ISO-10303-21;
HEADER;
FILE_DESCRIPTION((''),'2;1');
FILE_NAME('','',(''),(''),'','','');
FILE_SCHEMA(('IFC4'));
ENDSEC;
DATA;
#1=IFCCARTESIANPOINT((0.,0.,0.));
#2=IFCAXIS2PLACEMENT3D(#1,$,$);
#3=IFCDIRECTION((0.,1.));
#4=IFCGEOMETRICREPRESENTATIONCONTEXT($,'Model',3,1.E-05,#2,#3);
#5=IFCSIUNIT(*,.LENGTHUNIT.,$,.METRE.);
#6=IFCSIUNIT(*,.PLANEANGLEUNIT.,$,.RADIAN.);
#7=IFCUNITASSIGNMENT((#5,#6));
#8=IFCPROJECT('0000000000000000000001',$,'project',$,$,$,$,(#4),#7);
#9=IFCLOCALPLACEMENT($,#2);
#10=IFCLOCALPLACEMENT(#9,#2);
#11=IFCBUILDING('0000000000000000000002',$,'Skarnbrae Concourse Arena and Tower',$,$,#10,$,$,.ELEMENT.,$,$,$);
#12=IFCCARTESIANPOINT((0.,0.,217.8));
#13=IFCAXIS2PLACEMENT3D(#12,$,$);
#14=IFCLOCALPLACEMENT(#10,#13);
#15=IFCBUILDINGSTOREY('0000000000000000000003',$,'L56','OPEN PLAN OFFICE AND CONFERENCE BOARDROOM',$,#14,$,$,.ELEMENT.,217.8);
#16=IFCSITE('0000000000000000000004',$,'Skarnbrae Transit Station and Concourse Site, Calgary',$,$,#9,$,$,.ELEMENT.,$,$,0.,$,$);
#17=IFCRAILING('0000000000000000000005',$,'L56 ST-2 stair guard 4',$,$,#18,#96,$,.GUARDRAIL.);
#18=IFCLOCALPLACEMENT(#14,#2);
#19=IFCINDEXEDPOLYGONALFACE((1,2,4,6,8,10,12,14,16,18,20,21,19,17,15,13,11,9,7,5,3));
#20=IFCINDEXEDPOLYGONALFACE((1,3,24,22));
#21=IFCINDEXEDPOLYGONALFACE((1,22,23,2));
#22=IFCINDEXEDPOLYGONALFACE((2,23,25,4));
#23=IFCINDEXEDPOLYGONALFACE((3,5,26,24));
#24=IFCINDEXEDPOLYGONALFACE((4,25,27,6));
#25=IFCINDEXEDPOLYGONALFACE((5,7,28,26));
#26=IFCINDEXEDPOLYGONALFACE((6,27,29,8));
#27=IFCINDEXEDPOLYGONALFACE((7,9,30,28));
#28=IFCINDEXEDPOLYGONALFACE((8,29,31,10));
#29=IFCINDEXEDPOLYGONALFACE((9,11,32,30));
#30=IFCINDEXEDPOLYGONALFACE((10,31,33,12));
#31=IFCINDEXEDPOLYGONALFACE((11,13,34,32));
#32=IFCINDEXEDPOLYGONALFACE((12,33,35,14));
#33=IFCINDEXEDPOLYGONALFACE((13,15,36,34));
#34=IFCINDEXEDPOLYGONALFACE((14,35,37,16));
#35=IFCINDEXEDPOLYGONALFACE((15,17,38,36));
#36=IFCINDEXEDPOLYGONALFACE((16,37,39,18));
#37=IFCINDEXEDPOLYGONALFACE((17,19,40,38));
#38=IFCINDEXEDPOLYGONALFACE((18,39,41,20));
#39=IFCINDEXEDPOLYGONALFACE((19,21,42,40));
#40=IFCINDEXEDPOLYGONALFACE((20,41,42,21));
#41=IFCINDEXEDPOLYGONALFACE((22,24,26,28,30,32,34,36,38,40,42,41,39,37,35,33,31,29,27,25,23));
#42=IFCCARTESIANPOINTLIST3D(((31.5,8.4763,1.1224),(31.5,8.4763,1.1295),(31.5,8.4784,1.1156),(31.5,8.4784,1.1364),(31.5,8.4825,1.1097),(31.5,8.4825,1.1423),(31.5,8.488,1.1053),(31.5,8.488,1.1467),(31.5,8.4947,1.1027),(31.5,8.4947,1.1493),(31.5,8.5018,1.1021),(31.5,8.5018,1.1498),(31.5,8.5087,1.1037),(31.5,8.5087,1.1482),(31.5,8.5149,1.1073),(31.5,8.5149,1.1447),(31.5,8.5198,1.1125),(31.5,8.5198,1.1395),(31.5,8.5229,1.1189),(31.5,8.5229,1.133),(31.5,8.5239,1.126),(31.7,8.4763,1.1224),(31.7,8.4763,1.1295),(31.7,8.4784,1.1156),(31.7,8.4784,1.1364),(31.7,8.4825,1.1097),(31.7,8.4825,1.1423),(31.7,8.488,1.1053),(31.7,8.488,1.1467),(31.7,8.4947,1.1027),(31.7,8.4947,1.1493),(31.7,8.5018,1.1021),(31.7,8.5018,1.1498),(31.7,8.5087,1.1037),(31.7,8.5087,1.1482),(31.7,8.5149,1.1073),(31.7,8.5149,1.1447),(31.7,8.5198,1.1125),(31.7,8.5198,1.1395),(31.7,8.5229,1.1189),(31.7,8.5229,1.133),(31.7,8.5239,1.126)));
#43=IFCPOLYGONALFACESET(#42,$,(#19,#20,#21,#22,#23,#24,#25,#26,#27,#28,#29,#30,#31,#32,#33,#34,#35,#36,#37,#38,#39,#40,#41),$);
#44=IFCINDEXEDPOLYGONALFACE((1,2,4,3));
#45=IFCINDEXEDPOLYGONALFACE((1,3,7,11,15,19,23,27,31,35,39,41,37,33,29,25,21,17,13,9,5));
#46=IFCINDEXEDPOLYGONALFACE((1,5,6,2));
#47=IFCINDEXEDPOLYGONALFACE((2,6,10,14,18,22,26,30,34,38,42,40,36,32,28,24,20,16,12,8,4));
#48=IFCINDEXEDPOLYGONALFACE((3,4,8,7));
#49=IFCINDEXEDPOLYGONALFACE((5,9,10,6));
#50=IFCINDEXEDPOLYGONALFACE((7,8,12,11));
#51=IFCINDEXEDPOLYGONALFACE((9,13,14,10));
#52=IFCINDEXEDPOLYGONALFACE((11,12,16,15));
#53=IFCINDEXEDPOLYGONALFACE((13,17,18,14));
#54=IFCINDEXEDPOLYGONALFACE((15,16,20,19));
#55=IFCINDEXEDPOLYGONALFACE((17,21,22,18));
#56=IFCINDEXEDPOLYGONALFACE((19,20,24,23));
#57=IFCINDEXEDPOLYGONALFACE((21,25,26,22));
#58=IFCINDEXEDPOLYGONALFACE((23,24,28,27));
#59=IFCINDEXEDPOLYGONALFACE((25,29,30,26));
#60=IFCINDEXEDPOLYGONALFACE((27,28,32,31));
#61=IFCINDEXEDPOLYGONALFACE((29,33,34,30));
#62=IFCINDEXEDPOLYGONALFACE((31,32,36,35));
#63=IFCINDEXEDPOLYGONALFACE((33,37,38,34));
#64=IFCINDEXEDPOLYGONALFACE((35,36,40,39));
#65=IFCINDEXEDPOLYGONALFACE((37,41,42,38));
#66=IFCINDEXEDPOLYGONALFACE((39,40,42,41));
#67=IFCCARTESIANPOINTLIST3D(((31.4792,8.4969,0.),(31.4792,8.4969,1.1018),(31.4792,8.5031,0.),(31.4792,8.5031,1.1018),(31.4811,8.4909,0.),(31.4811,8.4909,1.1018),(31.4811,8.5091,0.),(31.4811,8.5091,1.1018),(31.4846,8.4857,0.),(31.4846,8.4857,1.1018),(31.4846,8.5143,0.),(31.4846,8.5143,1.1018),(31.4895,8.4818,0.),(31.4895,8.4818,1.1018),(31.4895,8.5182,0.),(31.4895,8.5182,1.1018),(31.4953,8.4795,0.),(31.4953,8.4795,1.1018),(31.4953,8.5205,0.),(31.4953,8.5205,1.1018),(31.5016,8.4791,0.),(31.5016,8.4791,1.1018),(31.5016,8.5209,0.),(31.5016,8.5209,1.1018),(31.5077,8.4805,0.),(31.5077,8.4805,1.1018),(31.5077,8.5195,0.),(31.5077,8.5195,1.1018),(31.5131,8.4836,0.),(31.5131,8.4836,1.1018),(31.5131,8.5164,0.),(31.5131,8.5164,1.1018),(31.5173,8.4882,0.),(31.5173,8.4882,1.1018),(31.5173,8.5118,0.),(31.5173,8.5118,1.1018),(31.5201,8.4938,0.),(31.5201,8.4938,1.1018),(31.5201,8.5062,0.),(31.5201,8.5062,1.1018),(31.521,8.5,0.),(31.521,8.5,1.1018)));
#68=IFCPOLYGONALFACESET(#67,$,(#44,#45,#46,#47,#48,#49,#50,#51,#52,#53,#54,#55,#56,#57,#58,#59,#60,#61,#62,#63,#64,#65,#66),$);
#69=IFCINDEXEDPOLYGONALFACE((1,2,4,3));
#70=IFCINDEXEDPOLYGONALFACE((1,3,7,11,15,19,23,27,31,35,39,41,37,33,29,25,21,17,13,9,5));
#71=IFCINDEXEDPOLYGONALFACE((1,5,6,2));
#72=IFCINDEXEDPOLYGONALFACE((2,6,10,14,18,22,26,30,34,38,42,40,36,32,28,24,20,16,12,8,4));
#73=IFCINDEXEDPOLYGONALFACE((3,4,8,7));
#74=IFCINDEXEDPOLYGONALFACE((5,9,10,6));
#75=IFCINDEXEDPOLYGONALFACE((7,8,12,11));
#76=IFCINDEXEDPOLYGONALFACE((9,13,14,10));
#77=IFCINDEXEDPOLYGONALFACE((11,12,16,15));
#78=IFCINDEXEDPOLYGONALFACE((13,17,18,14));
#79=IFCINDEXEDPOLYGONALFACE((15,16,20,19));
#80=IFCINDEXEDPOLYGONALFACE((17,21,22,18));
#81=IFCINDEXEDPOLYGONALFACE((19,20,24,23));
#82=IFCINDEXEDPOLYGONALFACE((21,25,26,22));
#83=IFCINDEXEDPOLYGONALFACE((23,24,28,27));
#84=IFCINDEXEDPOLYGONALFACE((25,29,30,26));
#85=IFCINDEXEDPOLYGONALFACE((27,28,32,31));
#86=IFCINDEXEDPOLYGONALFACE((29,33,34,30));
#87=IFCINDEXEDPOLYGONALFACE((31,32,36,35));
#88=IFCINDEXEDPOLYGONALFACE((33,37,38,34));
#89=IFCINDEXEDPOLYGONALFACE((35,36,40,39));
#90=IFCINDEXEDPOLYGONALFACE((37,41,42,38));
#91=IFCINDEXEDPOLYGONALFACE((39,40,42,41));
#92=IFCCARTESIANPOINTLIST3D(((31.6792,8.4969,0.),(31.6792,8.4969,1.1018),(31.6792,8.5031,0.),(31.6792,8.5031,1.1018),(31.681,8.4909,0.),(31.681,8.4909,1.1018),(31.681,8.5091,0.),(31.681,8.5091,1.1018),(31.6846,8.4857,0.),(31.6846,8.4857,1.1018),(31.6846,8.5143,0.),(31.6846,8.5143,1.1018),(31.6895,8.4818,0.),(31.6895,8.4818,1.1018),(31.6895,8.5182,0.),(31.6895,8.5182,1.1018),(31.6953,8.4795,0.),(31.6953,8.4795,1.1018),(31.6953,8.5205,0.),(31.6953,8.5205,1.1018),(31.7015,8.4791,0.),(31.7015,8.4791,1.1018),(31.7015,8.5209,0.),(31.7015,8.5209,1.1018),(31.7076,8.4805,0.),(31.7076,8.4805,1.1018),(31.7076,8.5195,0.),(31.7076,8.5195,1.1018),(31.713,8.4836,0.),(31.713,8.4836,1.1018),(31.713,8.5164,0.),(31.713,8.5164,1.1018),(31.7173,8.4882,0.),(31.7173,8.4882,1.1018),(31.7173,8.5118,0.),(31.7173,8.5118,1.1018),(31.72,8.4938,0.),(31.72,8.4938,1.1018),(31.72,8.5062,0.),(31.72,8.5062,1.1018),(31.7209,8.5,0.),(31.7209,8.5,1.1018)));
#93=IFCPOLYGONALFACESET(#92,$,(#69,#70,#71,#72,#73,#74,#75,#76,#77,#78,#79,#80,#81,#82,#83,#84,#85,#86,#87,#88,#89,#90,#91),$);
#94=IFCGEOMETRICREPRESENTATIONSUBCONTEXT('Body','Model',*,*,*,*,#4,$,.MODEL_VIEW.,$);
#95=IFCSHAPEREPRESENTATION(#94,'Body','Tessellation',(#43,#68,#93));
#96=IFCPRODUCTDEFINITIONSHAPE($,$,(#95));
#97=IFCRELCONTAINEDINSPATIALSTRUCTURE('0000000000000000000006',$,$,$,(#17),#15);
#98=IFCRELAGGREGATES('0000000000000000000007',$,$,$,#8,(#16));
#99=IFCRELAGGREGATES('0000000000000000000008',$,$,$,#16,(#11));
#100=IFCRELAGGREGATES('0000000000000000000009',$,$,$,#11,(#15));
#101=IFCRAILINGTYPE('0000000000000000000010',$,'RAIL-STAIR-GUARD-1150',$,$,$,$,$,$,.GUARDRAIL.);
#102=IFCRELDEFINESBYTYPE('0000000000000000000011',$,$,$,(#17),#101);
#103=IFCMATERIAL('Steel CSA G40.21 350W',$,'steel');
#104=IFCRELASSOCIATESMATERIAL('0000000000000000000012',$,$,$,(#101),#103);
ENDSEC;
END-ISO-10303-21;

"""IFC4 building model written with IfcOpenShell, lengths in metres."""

from ifc_helpers import new_model, si_unit, direction, frame, origin, origin_2d, place, context, subcontext, project, spatial, circle, extrude, material, type_object, element, save


model = new_model("IFC4")

# Units and contexts
model_context = context("Model", 3, precision=1e-05, world=origin(), true_north=direction((0.0, 1.0)))
body_context = subcontext(model_context, "Body", "Model", "MODEL_VIEW")
ifc_project = project(units=[si_unit("LENGTHUNIT", "METRE"), si_unit("PLANEANGLEUNIT", "RADIAN")], contexts=[model_context])

# Site, building, storey
site_placement = place(None, origin())
site = spatial("IfcSite", under=ifc_project, at=site_placement, Name="Skarnbrae Transit Station and Concourse Site, Calgary", CompositionType="ELEMENT", RefElevation=0.0)
building_placement = place(site_placement, origin())
building = spatial("IfcBuilding", under=site, at=building_placement, Name="Skarnbrae Concourse Arena and Tower", CompositionType="ELEMENT")
storey_placement = place(building_placement, frame((0.0, 0.0, 217.8)))
storey = spatial("IfcBuildingStorey", under=building, at=storey_placement, Name="L56", Description="OPEN PLAN OFFICE AND CONFERENCE BOARDROOM", CompositionType="ELEMENT", Elevation=217.8)

# Shared definitions
ifc_material_1 = material(Name="Steel CSA G40.21 350W", Category="steel")

# Railing
railing_type = type_object("IfcRailingType", Name="RAIL-STAIR-GUARD-1150", PredefinedType="GUARDRAIL", material=ifc_material_1)
railing_1_placement = place(storey_placement, frame((31.5, 8.5, 0.0)))
element("IfcRailing", 1, at=railing_1_placement, inside=storey, type_object=railing_type, Name="L56 ST-2 stair guard 4", PredefinedType="GUARDRAIL", context=body_context, shape_type="SweptSolid", body=[
    extrude(circle(Radius=0.0239, at=origin_2d()), frame((0.0, 0.0, 1.126), z_axis=(1.0, 0.0, 0.0), x_axis=(0.0, 1.0, 0.0)), (0.0, 0.0, 1.0), 0.2),
    extrude(circle(Radius=0.021, at=origin_2d()), origin(), (0.0, 0.0, 1.0), 1.1018),
    extrude(circle(Radius=0.021, at=origin_2d()), frame((0.2, 0.0, 0.0)), (0.0, 0.0, 1.0), 1.1018),
])

save(model, "model.ifc")
